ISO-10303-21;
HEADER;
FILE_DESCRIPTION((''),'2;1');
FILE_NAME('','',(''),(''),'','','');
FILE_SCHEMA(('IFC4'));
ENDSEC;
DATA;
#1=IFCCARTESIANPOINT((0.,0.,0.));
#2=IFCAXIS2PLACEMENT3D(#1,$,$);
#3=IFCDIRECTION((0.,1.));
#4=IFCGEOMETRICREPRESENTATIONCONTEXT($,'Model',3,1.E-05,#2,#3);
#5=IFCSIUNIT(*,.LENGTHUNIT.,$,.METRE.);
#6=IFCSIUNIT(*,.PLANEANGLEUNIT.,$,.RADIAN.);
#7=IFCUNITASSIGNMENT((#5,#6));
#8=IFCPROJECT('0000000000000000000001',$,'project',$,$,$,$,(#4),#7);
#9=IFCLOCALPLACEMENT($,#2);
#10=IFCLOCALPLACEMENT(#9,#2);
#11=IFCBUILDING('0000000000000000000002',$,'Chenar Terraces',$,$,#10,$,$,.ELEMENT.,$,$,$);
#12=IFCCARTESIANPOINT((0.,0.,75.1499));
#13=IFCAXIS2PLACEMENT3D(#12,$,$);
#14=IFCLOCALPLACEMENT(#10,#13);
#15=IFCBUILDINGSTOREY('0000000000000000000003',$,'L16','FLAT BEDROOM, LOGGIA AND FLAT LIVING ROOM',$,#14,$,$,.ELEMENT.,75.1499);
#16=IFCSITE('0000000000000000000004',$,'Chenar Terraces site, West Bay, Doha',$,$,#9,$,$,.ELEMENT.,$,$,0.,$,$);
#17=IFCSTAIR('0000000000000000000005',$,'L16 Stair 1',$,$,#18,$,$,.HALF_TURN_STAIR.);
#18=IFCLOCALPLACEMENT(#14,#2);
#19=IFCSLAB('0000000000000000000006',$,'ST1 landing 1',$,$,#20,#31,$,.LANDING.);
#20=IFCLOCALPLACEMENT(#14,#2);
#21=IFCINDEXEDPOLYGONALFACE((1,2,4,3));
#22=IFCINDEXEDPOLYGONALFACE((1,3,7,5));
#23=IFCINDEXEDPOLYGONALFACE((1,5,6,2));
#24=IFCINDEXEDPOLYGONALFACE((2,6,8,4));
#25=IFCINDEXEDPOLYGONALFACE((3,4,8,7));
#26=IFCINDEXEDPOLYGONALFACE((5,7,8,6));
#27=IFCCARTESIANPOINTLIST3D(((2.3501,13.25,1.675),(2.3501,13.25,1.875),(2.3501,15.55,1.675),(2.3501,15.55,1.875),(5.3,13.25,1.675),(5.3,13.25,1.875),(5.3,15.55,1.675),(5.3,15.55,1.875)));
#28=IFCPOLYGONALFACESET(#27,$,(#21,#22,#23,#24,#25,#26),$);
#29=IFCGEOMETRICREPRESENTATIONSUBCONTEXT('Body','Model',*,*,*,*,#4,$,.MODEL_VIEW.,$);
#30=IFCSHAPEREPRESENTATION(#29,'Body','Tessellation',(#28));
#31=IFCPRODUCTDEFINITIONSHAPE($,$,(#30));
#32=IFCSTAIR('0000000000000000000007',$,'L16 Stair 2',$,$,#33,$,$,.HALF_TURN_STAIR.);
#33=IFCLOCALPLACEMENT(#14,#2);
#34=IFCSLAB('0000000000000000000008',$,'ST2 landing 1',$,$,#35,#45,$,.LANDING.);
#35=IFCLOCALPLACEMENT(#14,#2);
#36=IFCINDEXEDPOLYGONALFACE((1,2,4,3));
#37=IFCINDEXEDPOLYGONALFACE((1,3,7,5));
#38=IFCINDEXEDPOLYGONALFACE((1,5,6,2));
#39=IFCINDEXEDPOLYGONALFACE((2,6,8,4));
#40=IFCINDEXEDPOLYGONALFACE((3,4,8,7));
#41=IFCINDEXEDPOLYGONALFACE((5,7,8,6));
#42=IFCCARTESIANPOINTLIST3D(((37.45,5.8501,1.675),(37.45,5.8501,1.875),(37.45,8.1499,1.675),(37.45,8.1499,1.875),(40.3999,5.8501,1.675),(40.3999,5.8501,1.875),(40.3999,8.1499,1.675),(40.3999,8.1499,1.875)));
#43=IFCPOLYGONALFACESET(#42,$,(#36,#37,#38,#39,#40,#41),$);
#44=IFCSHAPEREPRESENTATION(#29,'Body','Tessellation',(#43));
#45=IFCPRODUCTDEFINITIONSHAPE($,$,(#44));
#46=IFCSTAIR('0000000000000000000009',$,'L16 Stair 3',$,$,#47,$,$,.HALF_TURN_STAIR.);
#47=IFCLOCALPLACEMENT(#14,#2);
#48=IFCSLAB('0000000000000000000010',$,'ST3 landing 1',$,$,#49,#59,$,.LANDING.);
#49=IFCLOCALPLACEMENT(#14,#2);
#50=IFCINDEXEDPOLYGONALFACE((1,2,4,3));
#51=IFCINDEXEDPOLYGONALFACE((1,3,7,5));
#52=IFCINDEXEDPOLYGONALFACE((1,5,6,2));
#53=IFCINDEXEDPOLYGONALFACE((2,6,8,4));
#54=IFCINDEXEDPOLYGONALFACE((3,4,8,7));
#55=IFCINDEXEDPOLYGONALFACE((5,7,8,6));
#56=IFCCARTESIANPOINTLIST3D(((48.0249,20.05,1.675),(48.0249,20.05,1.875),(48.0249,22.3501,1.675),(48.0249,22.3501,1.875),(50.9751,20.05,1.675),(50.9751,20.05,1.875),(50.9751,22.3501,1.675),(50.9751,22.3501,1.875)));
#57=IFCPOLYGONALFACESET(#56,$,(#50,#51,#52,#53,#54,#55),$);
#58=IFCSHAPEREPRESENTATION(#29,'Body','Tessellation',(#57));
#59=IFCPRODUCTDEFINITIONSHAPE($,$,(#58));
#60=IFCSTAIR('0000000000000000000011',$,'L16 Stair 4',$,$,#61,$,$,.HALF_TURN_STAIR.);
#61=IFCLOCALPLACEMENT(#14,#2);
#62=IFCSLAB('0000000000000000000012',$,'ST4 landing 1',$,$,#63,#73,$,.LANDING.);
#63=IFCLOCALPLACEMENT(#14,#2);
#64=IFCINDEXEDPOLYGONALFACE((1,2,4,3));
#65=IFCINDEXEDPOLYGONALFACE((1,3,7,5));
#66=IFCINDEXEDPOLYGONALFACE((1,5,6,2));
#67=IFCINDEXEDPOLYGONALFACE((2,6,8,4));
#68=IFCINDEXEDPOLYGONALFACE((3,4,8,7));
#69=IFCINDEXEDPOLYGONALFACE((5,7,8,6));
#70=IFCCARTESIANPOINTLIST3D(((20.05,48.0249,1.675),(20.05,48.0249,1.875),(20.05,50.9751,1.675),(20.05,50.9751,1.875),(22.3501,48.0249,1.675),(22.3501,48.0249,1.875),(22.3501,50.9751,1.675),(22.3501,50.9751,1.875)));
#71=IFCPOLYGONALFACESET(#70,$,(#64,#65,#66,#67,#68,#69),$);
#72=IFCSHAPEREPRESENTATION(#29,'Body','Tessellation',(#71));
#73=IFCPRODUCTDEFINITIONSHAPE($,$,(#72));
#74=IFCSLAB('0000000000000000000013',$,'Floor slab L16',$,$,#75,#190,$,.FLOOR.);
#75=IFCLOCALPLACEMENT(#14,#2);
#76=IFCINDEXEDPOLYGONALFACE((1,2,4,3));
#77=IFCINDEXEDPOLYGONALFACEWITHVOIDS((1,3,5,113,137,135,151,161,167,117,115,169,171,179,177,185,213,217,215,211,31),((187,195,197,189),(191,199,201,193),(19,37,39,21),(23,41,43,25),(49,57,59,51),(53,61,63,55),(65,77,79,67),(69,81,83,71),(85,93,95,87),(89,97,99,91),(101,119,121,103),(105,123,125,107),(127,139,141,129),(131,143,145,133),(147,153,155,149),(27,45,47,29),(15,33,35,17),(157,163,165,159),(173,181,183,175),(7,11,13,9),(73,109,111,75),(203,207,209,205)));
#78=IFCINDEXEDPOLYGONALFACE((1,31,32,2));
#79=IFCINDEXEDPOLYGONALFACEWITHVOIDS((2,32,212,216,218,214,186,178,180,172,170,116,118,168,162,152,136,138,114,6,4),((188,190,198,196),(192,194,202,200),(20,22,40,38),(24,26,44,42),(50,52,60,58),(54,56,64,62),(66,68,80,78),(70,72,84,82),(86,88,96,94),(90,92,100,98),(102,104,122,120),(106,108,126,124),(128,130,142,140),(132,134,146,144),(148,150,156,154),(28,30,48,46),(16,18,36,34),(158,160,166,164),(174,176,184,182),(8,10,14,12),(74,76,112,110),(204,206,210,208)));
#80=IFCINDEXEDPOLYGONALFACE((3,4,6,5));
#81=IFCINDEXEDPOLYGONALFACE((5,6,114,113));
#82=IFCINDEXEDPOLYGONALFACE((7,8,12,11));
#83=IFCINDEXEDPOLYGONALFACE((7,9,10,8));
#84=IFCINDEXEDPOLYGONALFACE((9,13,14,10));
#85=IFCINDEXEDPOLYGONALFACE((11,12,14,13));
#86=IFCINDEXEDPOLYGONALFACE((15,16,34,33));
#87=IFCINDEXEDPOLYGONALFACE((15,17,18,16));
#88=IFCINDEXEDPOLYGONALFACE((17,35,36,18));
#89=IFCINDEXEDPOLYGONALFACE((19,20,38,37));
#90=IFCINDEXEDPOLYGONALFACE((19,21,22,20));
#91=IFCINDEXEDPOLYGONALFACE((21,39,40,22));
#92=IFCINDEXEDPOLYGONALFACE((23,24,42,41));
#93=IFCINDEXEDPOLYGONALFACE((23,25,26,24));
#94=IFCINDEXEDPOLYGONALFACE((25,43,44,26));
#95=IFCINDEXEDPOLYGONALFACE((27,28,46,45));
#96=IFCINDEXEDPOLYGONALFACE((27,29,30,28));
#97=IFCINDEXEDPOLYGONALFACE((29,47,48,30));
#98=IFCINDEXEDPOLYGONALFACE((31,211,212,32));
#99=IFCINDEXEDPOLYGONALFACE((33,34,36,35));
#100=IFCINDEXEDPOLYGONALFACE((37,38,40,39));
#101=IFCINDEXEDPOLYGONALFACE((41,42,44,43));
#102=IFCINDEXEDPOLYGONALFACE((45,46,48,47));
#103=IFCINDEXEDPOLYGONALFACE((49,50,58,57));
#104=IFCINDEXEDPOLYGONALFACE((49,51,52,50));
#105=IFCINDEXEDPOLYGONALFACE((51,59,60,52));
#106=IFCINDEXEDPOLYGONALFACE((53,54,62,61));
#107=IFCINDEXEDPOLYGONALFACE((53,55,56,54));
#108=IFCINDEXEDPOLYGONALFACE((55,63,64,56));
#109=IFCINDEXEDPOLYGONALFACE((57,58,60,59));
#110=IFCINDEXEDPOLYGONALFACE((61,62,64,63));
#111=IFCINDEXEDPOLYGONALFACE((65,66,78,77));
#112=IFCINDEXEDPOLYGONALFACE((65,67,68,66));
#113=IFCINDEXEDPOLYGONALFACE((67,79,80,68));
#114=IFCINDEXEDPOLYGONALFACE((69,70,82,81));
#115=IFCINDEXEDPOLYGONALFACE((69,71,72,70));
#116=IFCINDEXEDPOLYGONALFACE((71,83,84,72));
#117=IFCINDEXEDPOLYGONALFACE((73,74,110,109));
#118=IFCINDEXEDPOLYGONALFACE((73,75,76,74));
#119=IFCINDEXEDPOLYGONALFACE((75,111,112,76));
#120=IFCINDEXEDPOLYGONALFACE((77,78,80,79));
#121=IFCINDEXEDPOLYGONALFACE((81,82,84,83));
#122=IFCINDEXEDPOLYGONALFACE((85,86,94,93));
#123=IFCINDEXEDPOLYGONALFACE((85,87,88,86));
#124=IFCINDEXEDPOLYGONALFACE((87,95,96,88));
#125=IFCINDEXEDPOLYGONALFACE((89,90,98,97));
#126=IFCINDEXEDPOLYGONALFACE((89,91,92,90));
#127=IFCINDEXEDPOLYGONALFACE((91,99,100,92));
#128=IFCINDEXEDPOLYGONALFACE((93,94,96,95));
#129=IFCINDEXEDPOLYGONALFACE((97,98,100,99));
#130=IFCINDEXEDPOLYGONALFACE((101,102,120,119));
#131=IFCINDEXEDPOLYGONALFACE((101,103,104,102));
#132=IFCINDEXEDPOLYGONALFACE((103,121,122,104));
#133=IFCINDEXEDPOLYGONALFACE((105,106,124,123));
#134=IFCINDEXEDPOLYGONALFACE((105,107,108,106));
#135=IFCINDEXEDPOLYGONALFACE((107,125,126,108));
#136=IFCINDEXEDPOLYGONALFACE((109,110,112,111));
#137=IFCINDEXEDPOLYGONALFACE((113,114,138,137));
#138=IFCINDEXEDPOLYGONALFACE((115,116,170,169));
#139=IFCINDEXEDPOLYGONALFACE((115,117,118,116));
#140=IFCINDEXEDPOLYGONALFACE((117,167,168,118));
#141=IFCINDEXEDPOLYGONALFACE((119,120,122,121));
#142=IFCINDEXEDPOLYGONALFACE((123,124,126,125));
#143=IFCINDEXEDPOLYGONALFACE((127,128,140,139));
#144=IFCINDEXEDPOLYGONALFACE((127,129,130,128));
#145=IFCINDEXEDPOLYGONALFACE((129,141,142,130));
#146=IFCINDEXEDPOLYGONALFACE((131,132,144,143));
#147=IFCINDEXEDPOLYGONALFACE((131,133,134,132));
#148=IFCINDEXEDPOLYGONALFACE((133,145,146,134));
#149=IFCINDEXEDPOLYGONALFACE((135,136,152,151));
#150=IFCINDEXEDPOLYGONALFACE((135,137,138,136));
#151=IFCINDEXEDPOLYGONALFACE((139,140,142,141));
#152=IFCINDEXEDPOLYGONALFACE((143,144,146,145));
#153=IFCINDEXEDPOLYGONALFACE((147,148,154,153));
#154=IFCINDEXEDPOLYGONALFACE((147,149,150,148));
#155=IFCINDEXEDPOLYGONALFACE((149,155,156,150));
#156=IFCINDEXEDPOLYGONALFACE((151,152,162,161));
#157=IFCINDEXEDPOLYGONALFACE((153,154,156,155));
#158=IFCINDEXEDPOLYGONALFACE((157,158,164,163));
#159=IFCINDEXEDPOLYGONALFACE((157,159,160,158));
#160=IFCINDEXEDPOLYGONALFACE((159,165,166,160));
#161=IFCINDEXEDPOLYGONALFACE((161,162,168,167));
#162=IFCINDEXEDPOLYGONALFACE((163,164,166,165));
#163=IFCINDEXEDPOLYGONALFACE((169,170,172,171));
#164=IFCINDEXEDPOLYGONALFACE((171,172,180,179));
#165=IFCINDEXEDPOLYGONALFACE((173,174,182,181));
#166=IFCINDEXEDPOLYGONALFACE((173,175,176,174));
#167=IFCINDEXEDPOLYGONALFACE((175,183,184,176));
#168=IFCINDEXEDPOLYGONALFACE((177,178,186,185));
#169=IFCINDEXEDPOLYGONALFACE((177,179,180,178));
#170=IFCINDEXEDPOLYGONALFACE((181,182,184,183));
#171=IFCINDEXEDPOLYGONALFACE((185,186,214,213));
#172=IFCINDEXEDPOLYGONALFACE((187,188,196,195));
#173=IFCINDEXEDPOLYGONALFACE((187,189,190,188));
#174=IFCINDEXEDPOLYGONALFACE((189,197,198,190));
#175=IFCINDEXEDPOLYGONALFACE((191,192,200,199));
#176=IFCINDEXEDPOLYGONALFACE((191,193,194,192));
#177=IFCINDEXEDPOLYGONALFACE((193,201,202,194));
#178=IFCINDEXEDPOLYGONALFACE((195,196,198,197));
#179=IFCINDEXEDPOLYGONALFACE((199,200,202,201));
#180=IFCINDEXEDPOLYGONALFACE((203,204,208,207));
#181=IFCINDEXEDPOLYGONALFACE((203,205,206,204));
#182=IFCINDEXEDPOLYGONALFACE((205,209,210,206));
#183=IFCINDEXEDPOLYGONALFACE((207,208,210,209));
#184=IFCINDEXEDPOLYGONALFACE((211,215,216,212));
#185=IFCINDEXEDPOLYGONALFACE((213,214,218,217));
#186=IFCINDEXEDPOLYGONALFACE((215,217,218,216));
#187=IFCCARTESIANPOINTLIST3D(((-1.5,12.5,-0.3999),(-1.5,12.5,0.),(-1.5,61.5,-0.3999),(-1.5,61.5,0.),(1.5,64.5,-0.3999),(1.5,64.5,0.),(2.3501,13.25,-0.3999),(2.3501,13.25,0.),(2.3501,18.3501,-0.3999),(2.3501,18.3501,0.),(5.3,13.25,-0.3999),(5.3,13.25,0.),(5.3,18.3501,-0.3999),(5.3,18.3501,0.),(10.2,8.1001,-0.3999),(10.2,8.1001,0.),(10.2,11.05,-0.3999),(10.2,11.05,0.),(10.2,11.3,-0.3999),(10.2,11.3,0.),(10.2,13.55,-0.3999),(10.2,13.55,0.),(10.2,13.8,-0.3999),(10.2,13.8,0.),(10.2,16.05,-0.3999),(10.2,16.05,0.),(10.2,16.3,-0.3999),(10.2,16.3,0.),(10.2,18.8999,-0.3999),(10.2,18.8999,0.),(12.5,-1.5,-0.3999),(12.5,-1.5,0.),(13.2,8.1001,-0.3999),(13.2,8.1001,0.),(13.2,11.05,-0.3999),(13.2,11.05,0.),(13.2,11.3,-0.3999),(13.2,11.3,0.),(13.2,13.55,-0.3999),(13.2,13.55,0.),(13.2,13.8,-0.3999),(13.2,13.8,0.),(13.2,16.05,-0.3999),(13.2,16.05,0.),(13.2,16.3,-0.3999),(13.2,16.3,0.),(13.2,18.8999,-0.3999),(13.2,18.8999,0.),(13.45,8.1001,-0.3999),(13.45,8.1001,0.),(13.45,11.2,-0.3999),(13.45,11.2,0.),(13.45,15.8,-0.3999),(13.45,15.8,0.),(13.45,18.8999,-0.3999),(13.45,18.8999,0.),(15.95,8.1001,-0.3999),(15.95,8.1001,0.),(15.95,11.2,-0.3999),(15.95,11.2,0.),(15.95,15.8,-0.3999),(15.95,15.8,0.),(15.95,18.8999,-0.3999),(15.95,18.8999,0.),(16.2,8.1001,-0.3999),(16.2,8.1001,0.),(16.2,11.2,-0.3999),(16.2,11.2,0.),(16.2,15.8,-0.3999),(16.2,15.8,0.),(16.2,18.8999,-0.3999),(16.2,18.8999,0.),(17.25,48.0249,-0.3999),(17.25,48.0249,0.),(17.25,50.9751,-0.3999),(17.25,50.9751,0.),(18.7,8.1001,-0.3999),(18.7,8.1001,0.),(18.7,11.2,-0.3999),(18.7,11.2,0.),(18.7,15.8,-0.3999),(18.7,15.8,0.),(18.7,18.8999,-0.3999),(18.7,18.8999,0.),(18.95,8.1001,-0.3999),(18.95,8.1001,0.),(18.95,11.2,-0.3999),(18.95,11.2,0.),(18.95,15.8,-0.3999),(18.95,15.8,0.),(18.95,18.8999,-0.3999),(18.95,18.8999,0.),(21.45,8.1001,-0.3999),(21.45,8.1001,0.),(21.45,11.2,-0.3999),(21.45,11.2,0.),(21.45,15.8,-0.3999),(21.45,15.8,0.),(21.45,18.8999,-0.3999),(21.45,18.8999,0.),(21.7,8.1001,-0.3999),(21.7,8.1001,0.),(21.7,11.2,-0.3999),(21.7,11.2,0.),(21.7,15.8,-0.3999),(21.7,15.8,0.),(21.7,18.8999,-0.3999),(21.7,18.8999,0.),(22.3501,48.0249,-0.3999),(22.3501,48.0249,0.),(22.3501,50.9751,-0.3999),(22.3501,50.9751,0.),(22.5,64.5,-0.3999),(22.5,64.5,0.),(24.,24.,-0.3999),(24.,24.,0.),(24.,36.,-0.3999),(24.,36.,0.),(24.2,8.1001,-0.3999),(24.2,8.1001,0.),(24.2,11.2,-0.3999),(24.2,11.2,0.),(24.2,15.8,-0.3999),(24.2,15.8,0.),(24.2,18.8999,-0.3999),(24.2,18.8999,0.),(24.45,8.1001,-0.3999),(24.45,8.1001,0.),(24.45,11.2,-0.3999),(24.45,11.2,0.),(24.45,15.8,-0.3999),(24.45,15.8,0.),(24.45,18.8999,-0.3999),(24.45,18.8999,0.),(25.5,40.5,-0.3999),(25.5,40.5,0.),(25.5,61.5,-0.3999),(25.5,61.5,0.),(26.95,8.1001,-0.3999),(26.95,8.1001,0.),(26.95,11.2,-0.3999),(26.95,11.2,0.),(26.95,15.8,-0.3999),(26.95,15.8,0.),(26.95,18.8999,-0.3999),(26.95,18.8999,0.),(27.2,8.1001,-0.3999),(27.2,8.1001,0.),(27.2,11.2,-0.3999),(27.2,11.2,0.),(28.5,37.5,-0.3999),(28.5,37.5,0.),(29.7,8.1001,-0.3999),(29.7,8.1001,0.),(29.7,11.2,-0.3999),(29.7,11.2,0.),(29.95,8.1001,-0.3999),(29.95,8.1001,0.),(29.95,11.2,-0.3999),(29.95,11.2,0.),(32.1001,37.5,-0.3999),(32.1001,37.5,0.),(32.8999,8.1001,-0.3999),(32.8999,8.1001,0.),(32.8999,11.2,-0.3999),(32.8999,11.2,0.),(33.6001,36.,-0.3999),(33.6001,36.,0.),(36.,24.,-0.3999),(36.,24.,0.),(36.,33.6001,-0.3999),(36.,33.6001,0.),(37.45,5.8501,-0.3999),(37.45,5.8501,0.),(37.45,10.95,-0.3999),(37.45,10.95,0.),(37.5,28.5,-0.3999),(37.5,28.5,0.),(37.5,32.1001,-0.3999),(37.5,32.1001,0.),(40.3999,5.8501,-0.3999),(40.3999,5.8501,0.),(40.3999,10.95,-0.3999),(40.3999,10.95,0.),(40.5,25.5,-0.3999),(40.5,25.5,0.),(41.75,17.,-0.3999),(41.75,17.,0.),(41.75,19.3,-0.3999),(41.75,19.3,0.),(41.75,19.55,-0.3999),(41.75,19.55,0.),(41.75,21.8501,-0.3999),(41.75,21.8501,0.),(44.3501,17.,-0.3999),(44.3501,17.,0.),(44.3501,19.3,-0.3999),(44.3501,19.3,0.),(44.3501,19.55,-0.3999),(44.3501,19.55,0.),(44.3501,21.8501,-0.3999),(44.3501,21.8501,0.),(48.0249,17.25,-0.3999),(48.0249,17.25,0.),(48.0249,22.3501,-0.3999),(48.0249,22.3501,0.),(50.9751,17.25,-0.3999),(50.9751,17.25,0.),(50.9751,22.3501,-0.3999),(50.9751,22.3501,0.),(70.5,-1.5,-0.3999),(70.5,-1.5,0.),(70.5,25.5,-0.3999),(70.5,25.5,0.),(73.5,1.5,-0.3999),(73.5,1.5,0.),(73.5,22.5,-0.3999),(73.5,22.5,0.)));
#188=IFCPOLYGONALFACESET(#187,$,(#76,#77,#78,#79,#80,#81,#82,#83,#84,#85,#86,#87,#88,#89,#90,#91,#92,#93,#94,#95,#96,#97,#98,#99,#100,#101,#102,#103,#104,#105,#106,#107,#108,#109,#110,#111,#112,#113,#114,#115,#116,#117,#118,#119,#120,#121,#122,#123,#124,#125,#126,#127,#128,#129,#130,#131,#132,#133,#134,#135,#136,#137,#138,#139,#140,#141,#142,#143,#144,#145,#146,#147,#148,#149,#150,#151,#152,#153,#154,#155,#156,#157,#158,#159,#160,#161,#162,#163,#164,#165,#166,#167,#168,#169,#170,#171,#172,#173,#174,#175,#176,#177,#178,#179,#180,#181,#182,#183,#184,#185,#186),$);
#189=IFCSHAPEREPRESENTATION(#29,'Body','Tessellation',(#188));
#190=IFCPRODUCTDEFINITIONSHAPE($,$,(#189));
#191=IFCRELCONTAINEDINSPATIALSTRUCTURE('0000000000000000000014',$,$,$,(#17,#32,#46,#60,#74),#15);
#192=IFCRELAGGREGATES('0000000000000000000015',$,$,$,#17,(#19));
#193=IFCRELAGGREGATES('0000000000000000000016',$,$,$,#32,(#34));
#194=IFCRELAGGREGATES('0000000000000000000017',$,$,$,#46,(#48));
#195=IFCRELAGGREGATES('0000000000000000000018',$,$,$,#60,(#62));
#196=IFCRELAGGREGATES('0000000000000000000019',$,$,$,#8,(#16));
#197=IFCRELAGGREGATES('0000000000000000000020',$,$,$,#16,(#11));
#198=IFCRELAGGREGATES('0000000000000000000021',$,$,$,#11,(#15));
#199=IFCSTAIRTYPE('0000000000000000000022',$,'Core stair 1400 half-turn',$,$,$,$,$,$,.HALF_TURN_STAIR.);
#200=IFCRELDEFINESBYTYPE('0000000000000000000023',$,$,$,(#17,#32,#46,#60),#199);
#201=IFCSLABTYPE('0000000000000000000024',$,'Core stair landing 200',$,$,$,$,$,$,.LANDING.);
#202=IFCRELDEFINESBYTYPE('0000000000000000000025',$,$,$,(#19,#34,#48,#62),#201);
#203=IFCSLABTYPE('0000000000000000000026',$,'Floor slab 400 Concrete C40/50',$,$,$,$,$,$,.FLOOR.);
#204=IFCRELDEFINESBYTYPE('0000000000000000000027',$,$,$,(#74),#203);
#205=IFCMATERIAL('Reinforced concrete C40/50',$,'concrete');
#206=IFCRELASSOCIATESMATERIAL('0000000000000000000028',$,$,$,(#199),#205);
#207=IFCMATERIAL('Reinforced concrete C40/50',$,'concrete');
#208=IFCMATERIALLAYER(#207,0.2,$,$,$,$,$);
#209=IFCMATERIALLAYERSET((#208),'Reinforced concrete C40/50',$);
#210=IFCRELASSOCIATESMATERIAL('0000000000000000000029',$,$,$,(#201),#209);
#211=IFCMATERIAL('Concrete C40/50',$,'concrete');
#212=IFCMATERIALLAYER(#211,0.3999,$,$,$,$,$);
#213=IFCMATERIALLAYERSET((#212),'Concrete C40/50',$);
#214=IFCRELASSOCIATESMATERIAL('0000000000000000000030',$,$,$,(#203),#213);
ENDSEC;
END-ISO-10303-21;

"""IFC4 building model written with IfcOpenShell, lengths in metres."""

from ifc_helpers import new_model, si_unit, direction, frame, origin, place, context, subcontext, project, spatial, polyline, outline, extrude, material, layer, layer_set, type_object, element, aggregate, save


model = new_model("IFC4")

# Units and contexts
model_context = context("Model", 3, precision=1e-05, world=origin(), true_north=direction((0.0, 1.0)))
body_context = subcontext(model_context, "Body", "Model", "MODEL_VIEW")
ifc_project = project(units=[si_unit("LENGTHUNIT", "METRE"), si_unit("PLANEANGLEUNIT", "RADIAN")], contexts=[model_context])

# Site, building, storey
site_placement = place(None, origin())
site = spatial("IfcSite", under=ifc_project, at=site_placement, Name="Chenar Terraces site, West Bay, Doha", CompositionType="ELEMENT", RefElevation=0.0)
building_placement = place(site_placement, origin())
building = spatial("IfcBuilding", under=site, at=building_placement, Name="Chenar Terraces", CompositionType="ELEMENT")
storey_placement = place(building_placement, frame((0.0, 0.0, 75.1499)))
storey = spatial("IfcBuildingStorey", under=building, at=storey_placement, Name="L16", Description="FLAT BEDROOM, LOGGIA AND FLAT LIVING ROOM", CompositionType="ELEMENT", Elevation=75.1499)

# Stairs, slabs
ifc_material_1 = material(Name="Reinforced concrete C40/50", Category="concrete")
stair_type = type_object("IfcStairType", Name="Core stair 1400 half-turn", PredefinedType="HALF_TURN_STAIR", material=ifc_material_1)
placement_1 = place(storey_placement, origin())
stair_1 = element("IfcStair", 1, at=placement_1, inside=storey, type_object=stair_type, Name="L16 Stair 1", PredefinedType="HALF_TURN_STAIR")
ifc_material_2 = material(Name="Reinforced concrete C40/50", Category="concrete")
ifc_layer_1 = layer(ifc_material_2, 0.2)
ifc_layer_set_1 = layer_set([ifc_layer_1], Name="Reinforced concrete C40/50")
slab_type_1 = type_object("IfcSlabType", Name="Core stair landing 200", PredefinedType="LANDING", material=ifc_layer_set_1)
placement_2 = place(storey_placement, frame((0.0, 0.0, 1.675)))
slab_1 = element("IfcSlab", 2, at=placement_2, type_object=slab_type_1, Name="ST1 landing 1", PredefinedType="LANDING", context=body_context, shape_type="SweptSolid", body=[
    extrude(outline(polyline([(2.3501, 15.55), (2.3501, 13.25), (5.3, 13.25), (5.3, 15.55), (2.3501, 15.55)])), origin(), (0.0, 0.0, 1.0), 0.2),
])
aggregate(stair_1, [slab_1])
stair_2 = element("IfcStair", 3, at=placement_1, inside=storey, type_object=stair_type, Name="L16 Stair 2", PredefinedType="HALF_TURN_STAIR")
slab_2 = element("IfcSlab", 4, at=placement_2, type_object=slab_type_1, Name="ST2 landing 1", PredefinedType="LANDING", context=body_context, shape_type="SweptSolid", body=[
    extrude(outline(polyline([(37.45, 8.1499), (37.45, 5.8501), (40.3999, 5.8501), (40.3999, 8.1499), (37.45, 8.1499)])), origin(), (0.0, 0.0, 1.0), 0.2),
])
aggregate(stair_2, [slab_2])
stair_3 = element("IfcStair", 5, at=placement_1, inside=storey, type_object=stair_type, Name="L16 Stair 3", PredefinedType="HALF_TURN_STAIR")
slab_3 = element("IfcSlab", 6, at=placement_2, type_object=slab_type_1, Name="ST3 landing 1", PredefinedType="LANDING", context=body_context, shape_type="SweptSolid", body=[
    extrude(outline(polyline([(50.9751, 20.05), (50.9751, 22.3501), (48.0249, 22.3501), (48.0249, 20.05), (50.9751, 20.05)])), origin(), (0.0, 0.0, 1.0), 0.2),
])
aggregate(stair_3, [slab_3])
stair_4 = element("IfcStair", 7, at=placement_1, inside=storey, type_object=stair_type, Name="L16 Stair 4", PredefinedType="HALF_TURN_STAIR")
slab_4 = element("IfcSlab", 8, at=placement_2, type_object=slab_type_1, Name="ST4 landing 1", PredefinedType="LANDING", context=body_context, shape_type="SweptSolid", body=[
    extrude(outline(polyline([(20.05, 48.0249), (22.3501, 48.0249), (22.3501, 50.9751), (20.05, 50.9751), (20.05, 48.0249)])), origin(), (0.0, 0.0, 1.0), 0.2),
])
aggregate(stair_4, [slab_4])

# Slab
ifc_material_3 = material(Name="Concrete C40/50", Category="concrete")
ifc_layer_2 = layer(ifc_material_3, 0.3999)
ifc_layer_set_2 = layer_set([ifc_layer_2], Name="Concrete C40/50")
slab_type_2 = type_object("IfcSlabType", Name="Floor slab 400 Concrete C40/50", PredefinedType="FLOOR", material=ifc_layer_set_2)
slab_5_placement = place(storey_placement, frame((0.0, 0.0, -0.3999)))
element("IfcSlab", 9, at=slab_5_placement, inside=storey, type_object=slab_type_2, Name="Floor slab L16", PredefinedType="FLOOR", context=body_context, shape_type="SweptSolid", body=[
    extrude(outline(polyline([(73.5, 22.5), (73.5, 1.5), (70.5, -1.5), (12.5, -1.5), (-1.5, 12.5), (-1.5, 61.5), (1.5, 64.5), (22.5, 64.5), (25.5, 61.5), (25.5, 40.5), (28.5, 37.5), (32.1001, 37.5), (33.6001, 36.0), (24.0, 36.0), (24.0, 24.0), (36.0, 24.0), (36.0, 33.6001), (37.5, 32.1001), (37.5, 28.5), (40.5, 25.5), (70.5, 25.5), (73.5, 22.5)]), holes=[polyline([(13.2, 11.05), (10.2, 11.05), (10.2, 8.1001), (13.2, 8.1001), (13.2, 11.05)]), polyline([(15.95, 11.2), (13.45, 11.2), (13.45, 8.1001), (15.95, 8.1001), (15.95, 11.2)]), polyline([(18.7, 11.2), (16.2, 11.2), (16.2, 8.1001), (18.7, 8.1001), (18.7, 11.2)]), polyline([(21.45, 8.1001), (21.45, 11.2), (18.95, 11.2), (18.95, 8.1001), (21.45, 8.1001)]), polyline([(13.2, 11.3), (13.2, 13.55), (10.2, 13.55), (10.2, 11.3), (13.2, 11.3)]), polyline([(13.2, 16.05), (10.2, 16.05), (10.2, 13.8), (13.2, 13.8), (13.2, 16.05)]), polyline([(2.3501, 18.3501), (2.3501, 13.25), (5.3, 13.25), (5.3, 18.3501), (2.3501, 18.3501)]), polyline([(15.95, 15.8), (15.95, 18.8999), (13.45, 18.8999), (13.45, 15.8), (15.95, 15.8)]), polyline([(18.7, 18.8999), (16.2, 18.8999), (16.2, 15.8), (18.7, 15.8), (18.7, 18.8999)]), polyline([(21.45, 15.8), (21.45, 18.8999), (18.95, 18.8999), (18.95, 15.8), (21.45, 15.8)]), polyline([(13.2, 16.3), (13.2, 18.8999), (10.2, 18.8999), (10.2, 16.3), (13.2, 16.3)]), polyline([(22.3501, 48.0249), (22.3501, 50.9751), (17.25, 50.9751), (17.25, 48.0249), (22.3501, 48.0249)]), polyline([(37.45, 10.95), (37.45, 5.8501), (40.3999, 5.8501), (40.3999, 10.95), (37.45, 10.95)]), polyline([(24.2, 8.1001), (24.2, 11.2), (21.7, 11.2), (21.7, 8.1001), (24.2, 8.1001)]), polyline([(26.95, 11.2), (24.45, 11.2), (24.45, 8.1001), (26.95, 8.1001), (26.95, 11.2)]), polyline([(29.7, 8.1001), (29.7, 11.2), (27.2, 11.2), (27.2, 8.1001), (29.7, 8.1001)]), polyline([(32.8999, 8.1001), (32.8999, 11.2), (29.95, 11.2), (29.95, 8.1001), (32.8999, 8.1001)]), polyline([(24.2, 18.8999), (21.7, 18.8999), (21.7, 15.8), (24.2, 15.8), (24.2, 18.8999)]), polyline([(26.95, 15.8), (26.95, 18.8999), (24.45, 18.8999), (24.45, 15.8), (26.95, 15.8)]), polyline([(44.3501, 17.0), (44.3501, 19.3), (41.75, 19.3), (41.75, 17.0), (44.3501, 17.0)]), polyline([(50.9751, 22.3501), (48.0249, 22.3501), (48.0249, 17.25), (50.9751, 17.25), (50.9751, 22.3501)]), polyline([(44.3501, 19.55), (44.3501, 21.8501), (41.75, 21.8501), (41.75, 19.55), (44.3501, 19.55)])]), origin(), (0.0, 0.0, 1.0), 0.3999),
])

save(model, "model.ifc")
